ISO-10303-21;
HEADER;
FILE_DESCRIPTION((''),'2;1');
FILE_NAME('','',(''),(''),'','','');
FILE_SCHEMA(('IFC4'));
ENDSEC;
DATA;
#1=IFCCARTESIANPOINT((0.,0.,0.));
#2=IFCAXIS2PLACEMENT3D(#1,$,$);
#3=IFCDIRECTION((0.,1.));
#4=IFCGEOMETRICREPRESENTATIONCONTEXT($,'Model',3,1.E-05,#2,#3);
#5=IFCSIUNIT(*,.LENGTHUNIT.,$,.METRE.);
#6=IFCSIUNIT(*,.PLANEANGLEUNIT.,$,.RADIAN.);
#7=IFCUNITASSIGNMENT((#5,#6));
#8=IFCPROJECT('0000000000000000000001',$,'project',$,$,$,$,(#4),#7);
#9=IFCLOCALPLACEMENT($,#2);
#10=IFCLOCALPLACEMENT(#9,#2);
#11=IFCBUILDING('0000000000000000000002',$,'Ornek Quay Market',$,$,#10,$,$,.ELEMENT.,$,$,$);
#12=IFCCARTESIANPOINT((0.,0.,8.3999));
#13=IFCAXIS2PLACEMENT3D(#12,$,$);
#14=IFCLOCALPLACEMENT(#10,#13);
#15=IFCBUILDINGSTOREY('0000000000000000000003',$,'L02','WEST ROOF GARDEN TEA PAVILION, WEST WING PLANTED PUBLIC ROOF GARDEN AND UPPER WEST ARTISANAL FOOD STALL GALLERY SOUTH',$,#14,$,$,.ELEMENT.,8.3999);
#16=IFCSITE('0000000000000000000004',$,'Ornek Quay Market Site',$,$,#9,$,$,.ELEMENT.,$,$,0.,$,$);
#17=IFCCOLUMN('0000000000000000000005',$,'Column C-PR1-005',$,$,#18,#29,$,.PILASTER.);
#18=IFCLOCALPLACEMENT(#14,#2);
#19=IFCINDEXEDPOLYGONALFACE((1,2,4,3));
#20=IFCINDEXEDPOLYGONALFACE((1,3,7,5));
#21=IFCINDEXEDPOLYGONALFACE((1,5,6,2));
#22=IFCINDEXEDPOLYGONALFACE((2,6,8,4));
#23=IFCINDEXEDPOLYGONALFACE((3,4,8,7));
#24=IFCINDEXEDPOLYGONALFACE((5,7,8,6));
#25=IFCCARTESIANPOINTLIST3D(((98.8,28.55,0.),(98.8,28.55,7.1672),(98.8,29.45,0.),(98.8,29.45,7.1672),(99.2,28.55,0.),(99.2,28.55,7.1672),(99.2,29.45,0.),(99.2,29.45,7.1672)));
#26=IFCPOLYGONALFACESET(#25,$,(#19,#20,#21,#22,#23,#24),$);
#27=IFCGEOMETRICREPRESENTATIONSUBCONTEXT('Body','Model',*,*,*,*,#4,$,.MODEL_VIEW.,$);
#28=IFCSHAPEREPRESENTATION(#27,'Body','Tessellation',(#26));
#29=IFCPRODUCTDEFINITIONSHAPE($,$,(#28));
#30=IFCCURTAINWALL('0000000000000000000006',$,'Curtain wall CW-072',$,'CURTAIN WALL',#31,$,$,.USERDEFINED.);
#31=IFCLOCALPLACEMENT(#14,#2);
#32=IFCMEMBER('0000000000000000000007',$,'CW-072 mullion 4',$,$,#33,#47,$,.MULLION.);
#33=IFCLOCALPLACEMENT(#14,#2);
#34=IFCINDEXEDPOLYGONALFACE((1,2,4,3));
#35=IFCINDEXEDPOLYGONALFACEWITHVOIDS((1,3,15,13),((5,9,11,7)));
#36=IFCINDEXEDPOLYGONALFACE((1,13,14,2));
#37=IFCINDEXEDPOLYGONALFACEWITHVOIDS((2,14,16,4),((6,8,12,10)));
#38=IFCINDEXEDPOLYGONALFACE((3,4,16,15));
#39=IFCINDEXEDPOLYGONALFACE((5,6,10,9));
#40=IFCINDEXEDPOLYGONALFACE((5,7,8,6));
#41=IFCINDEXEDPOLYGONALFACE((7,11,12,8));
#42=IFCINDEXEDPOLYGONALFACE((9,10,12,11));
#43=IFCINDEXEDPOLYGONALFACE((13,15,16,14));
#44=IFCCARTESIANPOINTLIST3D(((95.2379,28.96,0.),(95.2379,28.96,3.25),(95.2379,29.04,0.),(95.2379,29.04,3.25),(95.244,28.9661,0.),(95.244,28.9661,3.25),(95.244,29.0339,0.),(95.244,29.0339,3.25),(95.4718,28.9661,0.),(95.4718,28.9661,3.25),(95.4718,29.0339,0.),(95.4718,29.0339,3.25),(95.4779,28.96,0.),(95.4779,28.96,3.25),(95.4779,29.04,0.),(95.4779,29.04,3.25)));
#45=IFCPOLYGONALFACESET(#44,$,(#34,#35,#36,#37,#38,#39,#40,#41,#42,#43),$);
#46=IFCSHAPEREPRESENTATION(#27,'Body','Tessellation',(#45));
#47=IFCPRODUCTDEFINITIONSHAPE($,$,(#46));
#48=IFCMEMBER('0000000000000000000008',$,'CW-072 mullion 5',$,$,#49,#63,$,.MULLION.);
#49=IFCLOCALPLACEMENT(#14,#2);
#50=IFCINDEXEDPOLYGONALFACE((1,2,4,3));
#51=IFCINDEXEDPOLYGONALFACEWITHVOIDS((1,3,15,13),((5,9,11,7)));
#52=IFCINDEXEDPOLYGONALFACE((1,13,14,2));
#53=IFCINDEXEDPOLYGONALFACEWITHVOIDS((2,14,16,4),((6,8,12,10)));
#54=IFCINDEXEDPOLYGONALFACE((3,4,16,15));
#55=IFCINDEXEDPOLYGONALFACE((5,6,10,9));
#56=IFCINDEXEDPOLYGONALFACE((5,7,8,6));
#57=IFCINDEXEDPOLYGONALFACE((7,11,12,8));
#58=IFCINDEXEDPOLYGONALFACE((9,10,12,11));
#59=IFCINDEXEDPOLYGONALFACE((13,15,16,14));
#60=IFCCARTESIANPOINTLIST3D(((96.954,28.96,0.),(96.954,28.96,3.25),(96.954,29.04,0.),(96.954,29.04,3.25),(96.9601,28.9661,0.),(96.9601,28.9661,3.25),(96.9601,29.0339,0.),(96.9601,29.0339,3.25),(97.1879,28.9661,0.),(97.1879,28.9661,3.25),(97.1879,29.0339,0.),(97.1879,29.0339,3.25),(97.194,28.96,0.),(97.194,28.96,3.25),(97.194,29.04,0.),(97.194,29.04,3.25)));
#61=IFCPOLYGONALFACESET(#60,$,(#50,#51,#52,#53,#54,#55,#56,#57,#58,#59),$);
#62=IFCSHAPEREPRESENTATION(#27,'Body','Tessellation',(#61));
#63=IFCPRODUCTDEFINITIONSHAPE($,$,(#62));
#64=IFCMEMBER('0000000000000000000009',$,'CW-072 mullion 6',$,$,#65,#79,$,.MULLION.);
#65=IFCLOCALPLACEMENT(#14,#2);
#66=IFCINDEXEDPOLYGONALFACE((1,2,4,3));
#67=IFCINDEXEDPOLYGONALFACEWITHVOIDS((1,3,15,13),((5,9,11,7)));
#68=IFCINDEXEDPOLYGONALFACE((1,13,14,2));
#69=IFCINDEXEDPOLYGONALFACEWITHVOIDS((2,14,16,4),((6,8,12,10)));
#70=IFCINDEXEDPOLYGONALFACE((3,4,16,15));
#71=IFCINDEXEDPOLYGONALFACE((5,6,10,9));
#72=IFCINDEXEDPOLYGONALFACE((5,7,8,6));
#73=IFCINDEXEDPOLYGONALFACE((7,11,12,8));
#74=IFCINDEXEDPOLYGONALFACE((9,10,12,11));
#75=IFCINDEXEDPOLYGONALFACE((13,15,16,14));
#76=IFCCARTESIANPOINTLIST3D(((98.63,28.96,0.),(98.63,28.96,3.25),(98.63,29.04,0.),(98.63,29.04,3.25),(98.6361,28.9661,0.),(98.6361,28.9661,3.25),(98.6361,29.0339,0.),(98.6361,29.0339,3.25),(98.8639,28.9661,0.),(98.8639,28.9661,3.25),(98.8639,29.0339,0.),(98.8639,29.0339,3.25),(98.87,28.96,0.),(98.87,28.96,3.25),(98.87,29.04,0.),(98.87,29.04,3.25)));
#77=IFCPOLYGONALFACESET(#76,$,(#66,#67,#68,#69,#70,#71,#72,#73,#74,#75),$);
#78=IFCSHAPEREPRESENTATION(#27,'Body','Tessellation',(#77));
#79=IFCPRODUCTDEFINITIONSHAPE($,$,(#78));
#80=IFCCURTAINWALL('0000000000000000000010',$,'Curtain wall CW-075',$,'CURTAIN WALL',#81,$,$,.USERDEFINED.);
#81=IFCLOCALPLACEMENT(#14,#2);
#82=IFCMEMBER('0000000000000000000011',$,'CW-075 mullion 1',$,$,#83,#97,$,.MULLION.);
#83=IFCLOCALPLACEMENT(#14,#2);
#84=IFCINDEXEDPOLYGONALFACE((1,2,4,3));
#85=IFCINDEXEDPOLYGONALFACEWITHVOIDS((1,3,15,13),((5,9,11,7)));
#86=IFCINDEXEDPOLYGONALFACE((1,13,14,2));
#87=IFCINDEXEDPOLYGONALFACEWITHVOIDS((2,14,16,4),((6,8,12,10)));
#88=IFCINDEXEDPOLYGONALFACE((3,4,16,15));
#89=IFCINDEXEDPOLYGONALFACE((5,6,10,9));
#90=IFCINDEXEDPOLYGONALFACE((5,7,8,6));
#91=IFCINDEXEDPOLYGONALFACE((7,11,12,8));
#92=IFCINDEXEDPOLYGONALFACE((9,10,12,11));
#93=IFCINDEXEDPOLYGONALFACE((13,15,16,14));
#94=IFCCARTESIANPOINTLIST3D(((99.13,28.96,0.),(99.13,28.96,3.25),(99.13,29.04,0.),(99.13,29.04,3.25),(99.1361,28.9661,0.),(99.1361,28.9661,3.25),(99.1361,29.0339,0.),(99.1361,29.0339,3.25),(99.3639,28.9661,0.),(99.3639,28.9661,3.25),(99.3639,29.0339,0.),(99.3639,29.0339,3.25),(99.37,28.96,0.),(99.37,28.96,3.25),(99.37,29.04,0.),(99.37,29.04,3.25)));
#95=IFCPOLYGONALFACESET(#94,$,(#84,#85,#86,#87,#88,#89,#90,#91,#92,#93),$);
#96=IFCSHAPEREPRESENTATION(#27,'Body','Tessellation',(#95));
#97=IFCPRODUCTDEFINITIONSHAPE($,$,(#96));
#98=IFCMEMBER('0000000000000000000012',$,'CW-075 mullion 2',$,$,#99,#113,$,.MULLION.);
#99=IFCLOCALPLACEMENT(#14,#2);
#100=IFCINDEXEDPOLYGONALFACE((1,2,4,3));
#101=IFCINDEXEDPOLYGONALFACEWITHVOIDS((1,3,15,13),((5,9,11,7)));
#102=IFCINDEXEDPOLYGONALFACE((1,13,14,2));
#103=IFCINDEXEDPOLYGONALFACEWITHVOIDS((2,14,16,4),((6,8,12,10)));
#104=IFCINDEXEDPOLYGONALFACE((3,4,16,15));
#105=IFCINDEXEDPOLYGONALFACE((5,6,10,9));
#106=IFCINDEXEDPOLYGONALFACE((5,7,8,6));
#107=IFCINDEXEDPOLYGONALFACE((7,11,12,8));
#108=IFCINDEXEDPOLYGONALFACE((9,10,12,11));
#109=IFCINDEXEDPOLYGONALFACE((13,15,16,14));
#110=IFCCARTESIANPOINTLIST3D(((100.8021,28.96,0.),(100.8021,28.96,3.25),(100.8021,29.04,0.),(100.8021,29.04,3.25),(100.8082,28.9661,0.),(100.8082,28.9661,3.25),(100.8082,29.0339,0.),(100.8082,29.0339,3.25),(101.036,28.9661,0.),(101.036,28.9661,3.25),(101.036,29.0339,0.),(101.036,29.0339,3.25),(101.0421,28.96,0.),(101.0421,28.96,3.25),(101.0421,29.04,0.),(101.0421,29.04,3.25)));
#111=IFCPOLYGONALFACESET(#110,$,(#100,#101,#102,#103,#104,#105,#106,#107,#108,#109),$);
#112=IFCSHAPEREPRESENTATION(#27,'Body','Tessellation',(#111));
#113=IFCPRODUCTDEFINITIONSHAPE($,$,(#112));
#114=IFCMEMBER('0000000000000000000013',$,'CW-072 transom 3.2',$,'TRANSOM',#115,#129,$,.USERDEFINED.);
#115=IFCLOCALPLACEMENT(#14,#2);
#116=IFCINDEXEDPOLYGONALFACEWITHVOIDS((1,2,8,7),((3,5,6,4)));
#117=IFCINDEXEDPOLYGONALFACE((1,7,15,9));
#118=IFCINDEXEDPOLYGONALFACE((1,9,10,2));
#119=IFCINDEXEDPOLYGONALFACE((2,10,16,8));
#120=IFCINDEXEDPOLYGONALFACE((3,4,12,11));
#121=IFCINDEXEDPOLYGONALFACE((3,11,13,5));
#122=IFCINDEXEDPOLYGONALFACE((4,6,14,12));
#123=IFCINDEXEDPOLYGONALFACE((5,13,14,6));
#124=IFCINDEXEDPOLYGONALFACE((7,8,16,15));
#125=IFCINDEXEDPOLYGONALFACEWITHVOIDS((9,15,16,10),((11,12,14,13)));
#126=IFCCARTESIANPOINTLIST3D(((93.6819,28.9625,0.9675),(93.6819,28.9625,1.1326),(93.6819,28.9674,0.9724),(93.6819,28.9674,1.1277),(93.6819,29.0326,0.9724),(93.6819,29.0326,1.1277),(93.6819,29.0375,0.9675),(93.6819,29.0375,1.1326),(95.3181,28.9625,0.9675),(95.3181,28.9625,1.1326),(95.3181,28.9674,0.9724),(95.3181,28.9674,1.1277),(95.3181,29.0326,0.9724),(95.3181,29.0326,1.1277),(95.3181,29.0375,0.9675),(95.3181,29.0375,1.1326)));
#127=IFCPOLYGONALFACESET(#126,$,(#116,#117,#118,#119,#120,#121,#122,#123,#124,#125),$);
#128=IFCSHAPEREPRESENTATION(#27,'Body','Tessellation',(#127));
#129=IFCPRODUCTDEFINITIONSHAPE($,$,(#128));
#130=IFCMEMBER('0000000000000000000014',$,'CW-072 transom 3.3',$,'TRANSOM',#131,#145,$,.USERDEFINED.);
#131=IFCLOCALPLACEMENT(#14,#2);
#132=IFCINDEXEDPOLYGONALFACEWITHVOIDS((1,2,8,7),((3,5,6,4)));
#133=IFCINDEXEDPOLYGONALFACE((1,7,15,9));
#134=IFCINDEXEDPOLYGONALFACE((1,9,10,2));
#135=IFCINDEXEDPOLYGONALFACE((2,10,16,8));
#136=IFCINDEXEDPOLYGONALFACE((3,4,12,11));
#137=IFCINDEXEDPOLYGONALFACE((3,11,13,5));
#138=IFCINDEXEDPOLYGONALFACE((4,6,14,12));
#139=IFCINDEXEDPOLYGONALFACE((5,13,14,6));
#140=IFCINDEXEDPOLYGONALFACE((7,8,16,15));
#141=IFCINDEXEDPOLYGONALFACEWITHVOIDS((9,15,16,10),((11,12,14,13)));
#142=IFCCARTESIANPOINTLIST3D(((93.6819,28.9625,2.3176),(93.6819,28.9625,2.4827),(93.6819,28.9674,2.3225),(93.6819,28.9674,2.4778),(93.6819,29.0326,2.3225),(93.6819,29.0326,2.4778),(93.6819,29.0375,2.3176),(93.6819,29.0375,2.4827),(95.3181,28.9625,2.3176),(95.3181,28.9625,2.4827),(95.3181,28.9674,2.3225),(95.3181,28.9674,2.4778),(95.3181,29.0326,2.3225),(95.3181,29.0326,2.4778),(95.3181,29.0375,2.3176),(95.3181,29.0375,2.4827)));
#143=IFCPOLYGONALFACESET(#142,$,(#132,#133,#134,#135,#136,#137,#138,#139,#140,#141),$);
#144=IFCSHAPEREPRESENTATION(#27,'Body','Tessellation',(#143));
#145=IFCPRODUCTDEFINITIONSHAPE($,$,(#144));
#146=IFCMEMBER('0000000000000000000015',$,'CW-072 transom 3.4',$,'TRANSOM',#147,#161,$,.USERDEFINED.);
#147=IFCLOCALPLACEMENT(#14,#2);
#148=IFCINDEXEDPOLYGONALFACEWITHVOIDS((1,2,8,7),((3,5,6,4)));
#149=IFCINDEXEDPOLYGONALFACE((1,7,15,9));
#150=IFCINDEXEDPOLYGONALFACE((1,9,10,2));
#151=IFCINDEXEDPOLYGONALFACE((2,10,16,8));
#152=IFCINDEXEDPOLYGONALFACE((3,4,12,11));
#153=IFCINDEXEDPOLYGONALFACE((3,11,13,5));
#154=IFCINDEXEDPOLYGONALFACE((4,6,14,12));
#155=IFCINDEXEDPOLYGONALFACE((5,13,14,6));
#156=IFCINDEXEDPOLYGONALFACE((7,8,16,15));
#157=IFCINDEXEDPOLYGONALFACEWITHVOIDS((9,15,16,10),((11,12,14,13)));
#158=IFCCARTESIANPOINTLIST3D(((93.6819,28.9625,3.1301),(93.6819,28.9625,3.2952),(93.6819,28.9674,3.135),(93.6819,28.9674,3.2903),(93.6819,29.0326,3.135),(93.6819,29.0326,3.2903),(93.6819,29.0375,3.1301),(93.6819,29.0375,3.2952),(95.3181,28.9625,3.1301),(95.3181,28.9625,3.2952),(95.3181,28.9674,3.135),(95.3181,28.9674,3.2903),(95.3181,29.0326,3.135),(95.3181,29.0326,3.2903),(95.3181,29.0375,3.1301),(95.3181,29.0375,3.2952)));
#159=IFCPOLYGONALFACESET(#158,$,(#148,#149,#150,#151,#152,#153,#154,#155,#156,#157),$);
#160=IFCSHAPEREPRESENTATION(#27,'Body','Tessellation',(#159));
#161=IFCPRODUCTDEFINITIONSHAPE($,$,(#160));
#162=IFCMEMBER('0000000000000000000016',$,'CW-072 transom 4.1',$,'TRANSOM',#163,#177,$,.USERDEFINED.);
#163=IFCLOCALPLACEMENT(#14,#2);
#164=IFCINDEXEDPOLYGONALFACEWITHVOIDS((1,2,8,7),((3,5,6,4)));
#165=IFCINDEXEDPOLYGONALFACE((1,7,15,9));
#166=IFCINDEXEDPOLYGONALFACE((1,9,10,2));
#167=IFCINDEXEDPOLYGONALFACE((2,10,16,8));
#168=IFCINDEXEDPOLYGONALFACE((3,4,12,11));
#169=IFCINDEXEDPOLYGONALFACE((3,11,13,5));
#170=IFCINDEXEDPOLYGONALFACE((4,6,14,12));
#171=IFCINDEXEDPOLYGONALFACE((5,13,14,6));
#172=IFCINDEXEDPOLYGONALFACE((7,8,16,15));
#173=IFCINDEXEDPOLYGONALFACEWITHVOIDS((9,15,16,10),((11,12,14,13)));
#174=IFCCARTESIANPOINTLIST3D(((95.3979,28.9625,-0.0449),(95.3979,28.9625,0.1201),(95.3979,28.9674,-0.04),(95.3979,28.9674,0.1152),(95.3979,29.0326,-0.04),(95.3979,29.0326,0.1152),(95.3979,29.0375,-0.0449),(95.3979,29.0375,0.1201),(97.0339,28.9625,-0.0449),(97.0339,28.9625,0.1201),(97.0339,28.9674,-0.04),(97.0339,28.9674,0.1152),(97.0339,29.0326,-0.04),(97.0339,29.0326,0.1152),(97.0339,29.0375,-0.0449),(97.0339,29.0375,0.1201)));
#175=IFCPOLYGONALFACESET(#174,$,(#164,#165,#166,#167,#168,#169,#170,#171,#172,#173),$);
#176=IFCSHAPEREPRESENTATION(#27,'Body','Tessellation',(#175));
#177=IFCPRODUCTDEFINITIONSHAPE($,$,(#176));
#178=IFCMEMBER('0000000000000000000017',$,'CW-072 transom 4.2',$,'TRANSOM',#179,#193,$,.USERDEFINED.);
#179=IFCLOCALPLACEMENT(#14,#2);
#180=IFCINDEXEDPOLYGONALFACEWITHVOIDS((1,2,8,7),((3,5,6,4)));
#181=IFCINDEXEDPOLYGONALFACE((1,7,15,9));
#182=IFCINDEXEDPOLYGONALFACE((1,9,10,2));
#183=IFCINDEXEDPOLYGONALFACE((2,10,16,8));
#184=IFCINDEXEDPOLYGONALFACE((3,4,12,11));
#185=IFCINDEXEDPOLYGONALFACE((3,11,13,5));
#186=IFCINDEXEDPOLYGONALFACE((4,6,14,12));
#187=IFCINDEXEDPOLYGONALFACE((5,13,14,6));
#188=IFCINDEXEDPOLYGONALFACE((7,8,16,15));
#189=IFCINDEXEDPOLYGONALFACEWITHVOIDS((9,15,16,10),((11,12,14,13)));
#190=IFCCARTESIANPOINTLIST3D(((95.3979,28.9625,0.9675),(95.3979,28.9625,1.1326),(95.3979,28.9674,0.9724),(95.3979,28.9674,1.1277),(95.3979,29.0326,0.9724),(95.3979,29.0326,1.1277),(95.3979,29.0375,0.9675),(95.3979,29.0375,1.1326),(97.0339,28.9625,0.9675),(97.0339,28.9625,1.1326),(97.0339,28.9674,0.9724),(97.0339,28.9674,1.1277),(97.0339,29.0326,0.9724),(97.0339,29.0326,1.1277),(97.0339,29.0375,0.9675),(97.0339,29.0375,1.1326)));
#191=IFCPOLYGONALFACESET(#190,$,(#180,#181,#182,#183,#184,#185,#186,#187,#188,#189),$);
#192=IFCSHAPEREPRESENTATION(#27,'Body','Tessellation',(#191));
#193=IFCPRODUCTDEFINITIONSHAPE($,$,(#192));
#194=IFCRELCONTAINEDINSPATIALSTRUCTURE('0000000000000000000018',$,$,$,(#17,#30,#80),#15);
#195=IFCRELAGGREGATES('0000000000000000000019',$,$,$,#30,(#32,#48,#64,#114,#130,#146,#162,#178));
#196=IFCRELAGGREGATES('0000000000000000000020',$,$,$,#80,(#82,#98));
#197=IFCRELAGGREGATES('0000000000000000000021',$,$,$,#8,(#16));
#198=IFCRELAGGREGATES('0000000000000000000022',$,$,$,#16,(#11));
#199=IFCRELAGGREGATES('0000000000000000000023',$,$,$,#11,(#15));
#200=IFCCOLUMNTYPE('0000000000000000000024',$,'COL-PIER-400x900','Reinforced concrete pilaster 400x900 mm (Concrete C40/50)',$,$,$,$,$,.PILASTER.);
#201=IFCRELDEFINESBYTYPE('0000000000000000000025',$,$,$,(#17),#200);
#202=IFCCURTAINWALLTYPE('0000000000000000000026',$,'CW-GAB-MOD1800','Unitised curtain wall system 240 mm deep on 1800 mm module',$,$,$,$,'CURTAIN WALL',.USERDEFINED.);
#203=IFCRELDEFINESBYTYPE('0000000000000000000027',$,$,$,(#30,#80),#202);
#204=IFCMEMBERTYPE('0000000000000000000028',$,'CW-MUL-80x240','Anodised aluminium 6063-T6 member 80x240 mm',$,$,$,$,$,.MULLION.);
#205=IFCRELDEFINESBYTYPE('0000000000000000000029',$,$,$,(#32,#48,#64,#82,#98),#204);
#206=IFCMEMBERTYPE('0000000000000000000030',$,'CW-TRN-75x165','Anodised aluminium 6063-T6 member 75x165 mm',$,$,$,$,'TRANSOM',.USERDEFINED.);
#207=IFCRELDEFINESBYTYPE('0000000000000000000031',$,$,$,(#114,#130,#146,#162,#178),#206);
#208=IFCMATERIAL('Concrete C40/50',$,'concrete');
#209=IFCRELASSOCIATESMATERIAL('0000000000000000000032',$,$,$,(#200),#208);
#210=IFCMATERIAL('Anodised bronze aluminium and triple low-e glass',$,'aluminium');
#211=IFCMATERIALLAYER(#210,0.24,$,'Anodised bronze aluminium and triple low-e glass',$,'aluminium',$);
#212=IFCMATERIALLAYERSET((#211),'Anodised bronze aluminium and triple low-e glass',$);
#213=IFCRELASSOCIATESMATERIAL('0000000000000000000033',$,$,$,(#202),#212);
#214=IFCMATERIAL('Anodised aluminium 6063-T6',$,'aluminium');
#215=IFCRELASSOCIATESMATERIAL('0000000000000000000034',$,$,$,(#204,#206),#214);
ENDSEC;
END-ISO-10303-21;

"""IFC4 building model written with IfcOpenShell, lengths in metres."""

from ifc_helpers import new_model, si_unit, direction, frame, origin, origin_2d, place, context, subcontext, project, spatial, rectangle, hollow_rectangle, extrude, material, layer, layer_set, material_profile, profile_set, type_object, element, aggregate, save


model = new_model("IFC4")

# Units and contexts
model_context = context("Model", 3, precision=1e-05, world=origin(), true_north=direction((0.0, 1.0)))
body_context = subcontext(model_context, "Body", "Model", "MODEL_VIEW")
ifc_project = project(units=[si_unit("LENGTHUNIT", "METRE"), si_unit("PLANEANGLEUNIT", "RADIAN")], contexts=[model_context])

# Site, building, storey
site_placement = place(None, origin())
site = spatial("IfcSite", under=ifc_project, at=site_placement, Name="Ornek Quay Market Site", CompositionType="ELEMENT", RefElevation=0.0)
building_placement = place(site_placement, origin())
building = spatial("IfcBuilding", under=site, at=building_placement, Name="Ornek Quay Market", CompositionType="ELEMENT")
storey_placement = place(building_placement, frame((0.0, 0.0, 8.3999)))
storey = spatial("IfcBuildingStorey", under=building, at=storey_placement, Name="L02", Description="WEST ROOF GARDEN TEA PAVILION, WEST WING PLANTED PUBLIC ROOF GARDEN AND UPPER WEST ARTISANAL FOOD STALL GALLERY SOUTH", CompositionType="ELEMENT", Elevation=8.3999)

# Column
ifc_material_1 = material(Name="Concrete C40/50", Category="concrete")
ifc_material_profile_1 = material_profile(ifc_material_1, rectangle(XDim=0.3999, YDim=0.8999, at=origin_2d()), Name="RC 400x900", Category="concrete")
ifc_profile_set_1 = profile_set([ifc_material_profile_1], Name="Concrete C40/50")
column_type = type_object("IfcColumnType", Name="COL-PIER-400x900", Description="Reinforced concrete pilaster 400x900 mm (Concrete C40/50)", PredefinedType="PILASTER", material=ifc_profile_set_1)
column_placement = place(storey_placement, frame((99.0, 29.0, 0.0), z_axis=(0.0, 0.0, 1.0), x_axis=(1.0, 0.0, 0.0)))
element("IfcColumn", 1, at=column_placement, inside=storey, type_object=column_type, Name="Column C-PR1-005", PredefinedType="PILASTER", context=body_context, shape_type="SweptSolid", body=[
    extrude(rectangle(XDim=0.3999, YDim=0.8999, at=origin_2d()), origin(), (0.0, 0.0, 1.0), 7.1672),
])

# Curtain walls, members
ifc_material_2 = material(Name="Anodised bronze aluminium and triple low-e glass", Category="aluminium")
ifc_layer_1 = layer(ifc_material_2, 0.24, Name="Anodised bronze aluminium and triple low-e glass", Category="aluminium")
ifc_layer_set_1 = layer_set([ifc_layer_1], Name="Anodised bronze aluminium and triple low-e glass")
curtain_wall_type = type_object("IfcCurtainWallType", Name="CW-GAB-MOD1800", Description="Unitised curtain wall system 240 mm deep on 1800 mm module", ElementType="CURTAIN WALL", PredefinedType="USERDEFINED", material=ifc_layer_set_1)
curtain_wall_1_placement = place(storey_placement, origin())
curtain_wall_1 = element("IfcCurtainWall", 2, at=curtain_wall_1_placement, inside=storey, type_object=curtain_wall_type, Name="Curtain wall CW-072", ObjectType="CURTAIN WALL", PredefinedType="USERDEFINED")
ifc_material_3 = material(Name="Anodised aluminium 6063-T6", Category="aluminium")
ifc_material_profile_2 = material_profile(ifc_material_3, hollow_rectangle(XDim=0.0801, YDim=0.24, WallThickness=0.0061, at=origin_2d()), Name="CW-MUL-80x240", Category="aluminium")
ifc_profile_set_2 = profile_set([ifc_material_profile_2], Name="Anodised aluminium 6063-T6")
member_type_1 = type_object("IfcMemberType", Name="CW-MUL-80x240", Description="Anodised aluminium 6063-T6 member 80x240 mm", PredefinedType="MULLION", material=ifc_profile_set_2)
member_1_placement = place(storey_placement, frame((95.3579, 29.0, 0.0), z_axis=(0.0, 0.0, 1.0), x_axis=(0.0, 1.0, 0.0)))
member_1 = element("IfcMember", 3, at=member_1_placement, type_object=member_type_1, Name="CW-072 mullion 4", PredefinedType="MULLION", context=body_context, shape_type="SweptSolid", body=[
    extrude(hollow_rectangle(XDim=0.0801, YDim=0.24, WallThickness=0.0061, at=origin_2d()), origin(), (0.0, 0.0, 1.0), 3.25),
])
member_2_placement = place(storey_placement, frame((97.074, 29.0, 0.0), z_axis=(0.0, 0.0, 1.0), x_axis=(0.0, 1.0, 0.0)))
member_2 = element("IfcMember", 4, at=member_2_placement, type_object=member_type_1, Name="CW-072 mullion 5", PredefinedType="MULLION", context=body_context, shape_type="SweptSolid", body=[
    extrude(hollow_rectangle(XDim=0.0801, YDim=0.24, WallThickness=0.0061, at=origin_2d()), origin(), (0.0, 0.0, 1.0), 3.25),
])
member_3_placement = place(storey_placement, frame((98.75, 29.0, 0.0), z_axis=(0.0, 0.0, 1.0), x_axis=(0.0, 1.0, 0.0)))
member_3 = element("IfcMember", 5, at=member_3_placement, type_object=member_type_1, Name="CW-072 mullion 6", PredefinedType="MULLION", context=body_context, shape_type="SweptSolid", body=[
    extrude(hollow_rectangle(XDim=0.0801, YDim=0.24, WallThickness=0.0061, at=origin_2d()), origin(), (0.0, 0.0, 1.0), 3.25),
])
curtain_wall_2_placement = place(storey_placement, origin())
curtain_wall_2 = element("IfcCurtainWall", 6, at=curtain_wall_2_placement, inside=storey, type_object=curtain_wall_type, Name="Curtain wall CW-075", ObjectType="CURTAIN WALL", PredefinedType="USERDEFINED")
member_4_placement = place(storey_placement, frame((99.25, 29.0, 0.0), z_axis=(0.0, 0.0, 1.0), x_axis=(0.0, 1.0, 0.0)))
member_4 = element("IfcMember", 7, at=member_4_placement, type_object=member_type_1, Name="CW-075 mullion 1", PredefinedType="MULLION", context=body_context, shape_type="SweptSolid", body=[
    extrude(hollow_rectangle(XDim=0.0801, YDim=0.24, WallThickness=0.0061, at=origin_2d()), origin(), (0.0, 0.0, 1.0), 3.25),
])
member_5_placement = place(storey_placement, frame((100.9221, 29.0, 0.0), z_axis=(0.0, 0.0, 1.0), x_axis=(0.0, 1.0, 0.0)))
member_5 = element("IfcMember", 8, at=member_5_placement, type_object=member_type_1, Name="CW-075 mullion 2", PredefinedType="MULLION", context=body_context, shape_type="SweptSolid", body=[
    extrude(hollow_rectangle(XDim=0.0801, YDim=0.24, WallThickness=0.0061, at=origin_2d()), origin(), (0.0, 0.0, 1.0), 3.25),
])

# Members
ifc_material_profile_3 = material_profile(ifc_material_3, hollow_rectangle(XDim=0.075, YDim=0.165, WallThickness=0.0049, at=origin_2d()), Name="CW-TRN-75x165", Category="aluminium")
ifc_profile_set_3 = profile_set([ifc_material_profile_3], Name="Anodised aluminium 6063-T6")
member_type_2 = type_object("IfcMemberType", Name="CW-TRN-75x165", Description="Anodised aluminium 6063-T6 member 75x165 mm", ElementType="TRANSOM", PredefinedType="USERDEFINED", material=ifc_profile_set_3)
member_6_placement = place(storey_placement, frame((93.6819, 29.0, 1.05), z_axis=(1.0, 0.0, 0.0), x_axis=(0.0, 1.0, 0.0)))
member_6 = element("IfcMember", 9, at=member_6_placement, type_object=member_type_2, Name="CW-072 transom 3.2", ObjectType="TRANSOM", PredefinedType="USERDEFINED", context=body_context, shape_type="SweptSolid", body=[
    extrude(hollow_rectangle(XDim=0.075, YDim=0.165, WallThickness=0.0049, at=origin_2d()), origin(), (0.0, 0.0, 1.0), 1.6362),
])
member_7_placement = place(storey_placement, frame((93.6819, 29.0, 2.4001), z_axis=(1.0, 0.0, 0.0), x_axis=(0.0, 1.0, 0.0)))
member_7 = element("IfcMember", 10, at=member_7_placement, type_object=member_type_2, Name="CW-072 transom 3.3", ObjectType="TRANSOM", PredefinedType="USERDEFINED", context=body_context, shape_type="SweptSolid", body=[
    extrude(hollow_rectangle(XDim=0.075, YDim=0.165, WallThickness=0.0049, at=origin_2d()), origin(), (0.0, 0.0, 1.0), 1.6362),
])
member_8_placement = place(storey_placement, frame((93.6819, 29.0, 3.2126), z_axis=(1.0, 0.0, 0.0), x_axis=(0.0, 1.0, 0.0)))
member_8 = element("IfcMember", 11, at=member_8_placement, type_object=member_type_2, Name="CW-072 transom 3.4", ObjectType="TRANSOM", PredefinedType="USERDEFINED", context=body_context, shape_type="SweptSolid", body=[
    extrude(hollow_rectangle(XDim=0.075, YDim=0.165, WallThickness=0.0049, at=origin_2d()), origin(), (0.0, 0.0, 1.0), 1.6362),
])
member_9_placement = place(storey_placement, frame((95.3979, 29.0, 0.0376), z_axis=(1.0, 0.0, 0.0), x_axis=(0.0, 1.0, 0.0)))
member_9 = element("IfcMember", 12, at=member_9_placement, type_object=member_type_2, Name="CW-072 transom 4.1", ObjectType="TRANSOM", PredefinedType="USERDEFINED", context=body_context, shape_type="SweptSolid", body=[
    extrude(hollow_rectangle(XDim=0.075, YDim=0.165, WallThickness=0.0049, at=origin_2d()), origin(), (0.0, 0.0, 1.0), 1.636),
])
member_10_placement = place(storey_placement, frame((95.3979, 29.0, 1.05), z_axis=(1.0, 0.0, 0.0), x_axis=(0.0, 1.0, 0.0)))
member_10 = element("IfcMember", 13, at=member_10_placement, type_object=member_type_2, Name="CW-072 transom 4.2", ObjectType="TRANSOM", PredefinedType="USERDEFINED", context=body_context, shape_type="SweptSolid", body=[
    extrude(hollow_rectangle(XDim=0.075, YDim=0.165, WallThickness=0.0049, at=origin_2d()), origin(), (0.0, 0.0, 1.0), 1.636),
])

aggregate(curtain_wall_1, [member_1, member_2, member_3, member_6, member_7, member_8, member_9, member_10])
aggregate(curtain_wall_2, [member_4, member_5])

save(model, "model.ifc")
